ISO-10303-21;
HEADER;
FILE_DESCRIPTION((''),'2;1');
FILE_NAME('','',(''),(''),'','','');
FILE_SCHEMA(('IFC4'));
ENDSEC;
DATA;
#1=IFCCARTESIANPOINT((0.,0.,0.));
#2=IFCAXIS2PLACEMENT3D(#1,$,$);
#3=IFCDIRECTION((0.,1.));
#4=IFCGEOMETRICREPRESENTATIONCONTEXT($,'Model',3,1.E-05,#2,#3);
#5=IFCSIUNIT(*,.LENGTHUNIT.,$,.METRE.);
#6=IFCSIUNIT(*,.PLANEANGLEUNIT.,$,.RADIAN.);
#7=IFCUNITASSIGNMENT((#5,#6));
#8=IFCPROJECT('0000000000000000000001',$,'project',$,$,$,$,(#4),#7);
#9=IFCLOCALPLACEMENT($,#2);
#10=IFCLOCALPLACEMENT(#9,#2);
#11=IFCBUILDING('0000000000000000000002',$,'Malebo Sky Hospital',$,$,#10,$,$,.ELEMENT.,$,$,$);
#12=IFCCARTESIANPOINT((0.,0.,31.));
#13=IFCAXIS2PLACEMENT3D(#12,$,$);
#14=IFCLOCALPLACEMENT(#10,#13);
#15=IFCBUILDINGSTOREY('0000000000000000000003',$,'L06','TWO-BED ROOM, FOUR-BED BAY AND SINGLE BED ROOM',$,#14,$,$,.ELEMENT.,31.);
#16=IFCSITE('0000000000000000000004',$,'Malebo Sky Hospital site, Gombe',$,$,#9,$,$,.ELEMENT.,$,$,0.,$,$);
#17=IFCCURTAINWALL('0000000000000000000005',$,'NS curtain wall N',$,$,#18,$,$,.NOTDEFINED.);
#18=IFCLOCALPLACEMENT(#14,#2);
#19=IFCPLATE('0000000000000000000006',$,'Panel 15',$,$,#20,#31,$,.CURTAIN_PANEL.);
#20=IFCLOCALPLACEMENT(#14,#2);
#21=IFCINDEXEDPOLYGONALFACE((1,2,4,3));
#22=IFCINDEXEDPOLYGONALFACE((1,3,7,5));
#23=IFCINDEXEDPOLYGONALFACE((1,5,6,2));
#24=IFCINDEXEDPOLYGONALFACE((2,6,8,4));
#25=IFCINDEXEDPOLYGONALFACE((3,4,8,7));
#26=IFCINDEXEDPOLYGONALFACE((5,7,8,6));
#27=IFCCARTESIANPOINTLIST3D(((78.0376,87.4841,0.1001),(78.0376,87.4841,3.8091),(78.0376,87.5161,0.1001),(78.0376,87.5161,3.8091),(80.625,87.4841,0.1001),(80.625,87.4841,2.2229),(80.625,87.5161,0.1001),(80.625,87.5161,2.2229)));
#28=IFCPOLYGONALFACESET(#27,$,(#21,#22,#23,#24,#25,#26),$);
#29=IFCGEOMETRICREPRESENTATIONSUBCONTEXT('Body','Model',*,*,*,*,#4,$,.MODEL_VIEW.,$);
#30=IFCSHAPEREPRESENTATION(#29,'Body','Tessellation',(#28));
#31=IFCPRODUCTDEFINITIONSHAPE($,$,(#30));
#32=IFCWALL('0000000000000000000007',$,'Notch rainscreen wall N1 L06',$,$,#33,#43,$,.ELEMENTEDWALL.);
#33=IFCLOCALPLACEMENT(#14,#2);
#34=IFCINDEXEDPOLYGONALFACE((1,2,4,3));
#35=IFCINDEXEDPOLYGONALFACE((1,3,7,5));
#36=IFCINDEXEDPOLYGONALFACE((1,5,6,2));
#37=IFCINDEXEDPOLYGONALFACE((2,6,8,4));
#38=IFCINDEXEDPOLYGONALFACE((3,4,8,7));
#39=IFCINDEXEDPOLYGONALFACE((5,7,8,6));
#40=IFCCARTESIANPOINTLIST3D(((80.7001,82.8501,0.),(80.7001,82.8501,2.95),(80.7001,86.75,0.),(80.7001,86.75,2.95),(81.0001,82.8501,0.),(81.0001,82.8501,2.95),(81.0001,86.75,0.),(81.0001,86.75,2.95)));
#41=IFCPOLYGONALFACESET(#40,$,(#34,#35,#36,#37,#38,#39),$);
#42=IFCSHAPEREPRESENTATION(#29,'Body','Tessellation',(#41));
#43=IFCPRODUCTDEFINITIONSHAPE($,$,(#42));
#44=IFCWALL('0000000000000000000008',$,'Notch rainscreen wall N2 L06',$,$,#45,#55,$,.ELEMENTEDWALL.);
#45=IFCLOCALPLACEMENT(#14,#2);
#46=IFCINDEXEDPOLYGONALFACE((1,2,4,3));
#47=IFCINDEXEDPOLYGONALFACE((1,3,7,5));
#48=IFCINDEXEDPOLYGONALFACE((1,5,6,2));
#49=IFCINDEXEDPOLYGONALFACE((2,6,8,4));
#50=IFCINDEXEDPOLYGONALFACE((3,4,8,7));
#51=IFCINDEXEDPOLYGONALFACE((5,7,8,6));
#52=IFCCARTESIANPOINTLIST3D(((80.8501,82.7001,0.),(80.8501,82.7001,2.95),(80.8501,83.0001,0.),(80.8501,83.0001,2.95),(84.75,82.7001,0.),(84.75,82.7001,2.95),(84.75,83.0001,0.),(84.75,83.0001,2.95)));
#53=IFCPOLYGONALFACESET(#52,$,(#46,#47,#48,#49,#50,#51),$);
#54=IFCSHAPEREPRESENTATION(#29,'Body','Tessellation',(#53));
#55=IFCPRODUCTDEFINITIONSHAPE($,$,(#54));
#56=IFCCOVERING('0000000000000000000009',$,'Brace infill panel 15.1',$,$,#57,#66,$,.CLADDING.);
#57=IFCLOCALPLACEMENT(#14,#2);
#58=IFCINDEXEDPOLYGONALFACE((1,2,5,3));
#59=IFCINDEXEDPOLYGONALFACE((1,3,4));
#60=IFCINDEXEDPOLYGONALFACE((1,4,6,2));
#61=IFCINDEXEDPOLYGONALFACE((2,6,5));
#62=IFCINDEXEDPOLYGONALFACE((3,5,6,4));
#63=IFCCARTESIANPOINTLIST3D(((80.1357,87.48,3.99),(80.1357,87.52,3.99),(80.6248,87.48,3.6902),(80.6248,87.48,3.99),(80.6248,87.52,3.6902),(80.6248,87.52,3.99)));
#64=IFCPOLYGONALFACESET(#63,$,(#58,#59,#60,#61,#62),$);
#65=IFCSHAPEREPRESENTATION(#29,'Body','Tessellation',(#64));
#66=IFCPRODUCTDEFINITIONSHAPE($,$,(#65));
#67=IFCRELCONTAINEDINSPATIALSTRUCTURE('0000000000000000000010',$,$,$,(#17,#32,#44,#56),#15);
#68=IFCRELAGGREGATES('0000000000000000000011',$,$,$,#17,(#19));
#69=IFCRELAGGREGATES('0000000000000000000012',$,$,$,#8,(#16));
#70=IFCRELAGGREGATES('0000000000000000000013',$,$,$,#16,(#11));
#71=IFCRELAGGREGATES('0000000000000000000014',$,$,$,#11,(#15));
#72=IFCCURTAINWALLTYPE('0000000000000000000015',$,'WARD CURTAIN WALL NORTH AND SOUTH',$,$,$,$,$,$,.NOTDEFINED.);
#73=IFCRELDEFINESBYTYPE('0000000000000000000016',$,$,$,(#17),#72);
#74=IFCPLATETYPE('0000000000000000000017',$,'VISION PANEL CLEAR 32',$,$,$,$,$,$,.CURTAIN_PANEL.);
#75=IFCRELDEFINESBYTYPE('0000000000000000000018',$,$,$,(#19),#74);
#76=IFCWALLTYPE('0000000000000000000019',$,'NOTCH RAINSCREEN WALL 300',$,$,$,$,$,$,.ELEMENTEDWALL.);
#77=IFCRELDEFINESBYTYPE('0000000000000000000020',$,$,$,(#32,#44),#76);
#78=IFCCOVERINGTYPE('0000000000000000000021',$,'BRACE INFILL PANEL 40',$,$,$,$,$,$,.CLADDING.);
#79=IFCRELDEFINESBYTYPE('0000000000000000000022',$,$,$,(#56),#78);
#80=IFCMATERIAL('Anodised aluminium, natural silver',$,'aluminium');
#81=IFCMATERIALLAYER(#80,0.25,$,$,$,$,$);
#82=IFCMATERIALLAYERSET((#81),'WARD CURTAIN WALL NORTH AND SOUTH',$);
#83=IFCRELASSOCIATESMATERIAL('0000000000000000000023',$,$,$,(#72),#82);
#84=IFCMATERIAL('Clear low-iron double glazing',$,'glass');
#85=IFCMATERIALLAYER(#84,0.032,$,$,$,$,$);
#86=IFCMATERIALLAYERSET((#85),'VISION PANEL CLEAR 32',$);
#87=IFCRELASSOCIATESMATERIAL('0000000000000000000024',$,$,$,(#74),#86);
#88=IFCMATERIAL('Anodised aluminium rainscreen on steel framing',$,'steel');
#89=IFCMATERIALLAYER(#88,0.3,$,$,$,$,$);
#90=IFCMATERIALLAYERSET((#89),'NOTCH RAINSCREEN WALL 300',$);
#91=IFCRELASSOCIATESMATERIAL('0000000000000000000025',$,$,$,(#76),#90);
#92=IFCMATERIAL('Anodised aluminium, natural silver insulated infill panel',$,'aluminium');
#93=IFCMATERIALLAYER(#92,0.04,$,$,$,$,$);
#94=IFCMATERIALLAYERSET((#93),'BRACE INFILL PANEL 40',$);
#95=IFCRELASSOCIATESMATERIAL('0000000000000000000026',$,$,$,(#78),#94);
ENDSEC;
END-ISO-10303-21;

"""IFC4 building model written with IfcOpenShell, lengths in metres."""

from ifc_helpers import new_model, si_unit, direction, frame, frame_2d, origin, place, context, subcontext, project, spatial, polyline, rectangle, outline, extrude, material, layer, layer_set, type_object, element, aggregate, save


model = new_model("IFC4")

# Units and contexts
model_context = context("Model", 3, precision=1e-05, world=origin(), true_north=direction((0.0, 1.0)))
body_context = subcontext(model_context, "Body", "Model", "MODEL_VIEW")
ifc_project = project(units=[si_unit("LENGTHUNIT", "METRE"), si_unit("PLANEANGLEUNIT", "RADIAN")], contexts=[model_context])

# Site, building, storey
site_placement = place(None, origin())
site = spatial("IfcSite", under=ifc_project, at=site_placement, Name="Malebo Sky Hospital site, Gombe", CompositionType="ELEMENT", RefElevation=0.0)
building_placement = place(site_placement, origin())
building = spatial("IfcBuilding", under=site, at=building_placement, Name="Malebo Sky Hospital", CompositionType="ELEMENT")
storey_placement = place(building_placement, frame((0.0, 0.0, 31.0)))
storey = spatial("IfcBuildingStorey", under=building, at=storey_placement, Name="L06", Description="TWO-BED ROOM, FOUR-BED BAY AND SINGLE BED ROOM", CompositionType="ELEMENT", Elevation=31.0)

# Curtain wall
ifc_material_1 = material(Name="Anodised aluminium, natural silver", Category="aluminium")
ifc_layer_1 = layer(ifc_material_1, 0.25)
ifc_layer_set_1 = layer_set([ifc_layer_1], Name="WARD CURTAIN WALL NORTH AND SOUTH")
curtain_wall_type_1 = type_object("IfcCurtainWallType", Name="WARD CURTAIN WALL NORTH AND SOUTH", PredefinedType="NOTDEFINED", material=ifc_layer_set_1)
curtain_wall_1_placement = place(storey_placement, origin())
curtain_wall_1 = element("IfcCurtainWall", 1, at=curtain_wall_1_placement, inside=storey, type_object=curtain_wall_type_1, Name="NS curtain wall N", PredefinedType="NOTDEFINED")

# Plate
ifc_material_2 = material(Name="Clear low-iron double glazing", Category="glass")
ifc_layer_2 = layer(ifc_material_2, 0.032)
ifc_layer_set_2 = layer_set([ifc_layer_2], Name="VISION PANEL CLEAR 32")
plate_type = type_object("IfcPlateType", Name="VISION PANEL CLEAR 32", PredefinedType="CURTAIN_PANEL", material=ifc_layer_set_2)
plate_placement = place(storey_placement, frame((79.3313, 87.5, 0.1001), z_axis=(0.0, 0.0, 1.0), x_axis=(1.0, 0.0, 0.0)))
plate = element("IfcPlate", 2, at=plate_placement, type_object=plate_type, Name="Panel 15", PredefinedType="CURTAIN_PANEL", context=body_context, shape_type="SweptSolid", body=[
    extrude(outline(polyline([(-1.2937, 0.0), (1.2937, 0.0), (1.2937, 2.1228), (-1.2937, 3.709), (-1.2937, 0.0)])), frame((0.0, 0.0161, 0.0), z_axis=(0.0, -1.0, 0.0), x_axis=(1.0, 0.0, 0.0)), (0.0, 0.0, 1.0), 0.032),
])
aggregate(curtain_wall_1, [plate])

# Walls
ifc_material_3 = material(Name="Anodised aluminium rainscreen on steel framing", Category="steel")
ifc_layer_3 = layer(ifc_material_3, 0.3)
ifc_layer_set_3 = layer_set([ifc_layer_3], Name="NOTCH RAINSCREEN WALL 300")
wall_type = type_object("IfcWallType", Name="NOTCH RAINSCREEN WALL 300", PredefinedType="ELEMENTEDWALL", material=ifc_layer_set_3)
for number, where, z_axis, x_axis, name in (
    (3, (80.8501, 86.75, 0.0), (0.0, 0.0, 1.0), (0.0, -1.0, 0.0), "Notch rainscreen wall N1 L06"),
    (4, (80.8501, 82.8501, 0.0), (0.0, 0.0, 1.0), (1.0, 0.0, 0.0), "Notch rainscreen wall N2 L06"),
):
    element("IfcWall", number, at=place(storey_placement, frame(where, z_axis=z_axis, x_axis=x_axis)), inside=storey, type_object=wall_type, Name=name, PredefinedType="ELEMENTEDWALL", context=body_context, shape_type="SweptSolid", body=[
        extrude(rectangle(XDim=3.8999, YDim=0.3, at=frame_2d((1.95, 0.0))), origin(), (0.0, 0.0, 1.0), 2.95),
    ])

# Covering
ifc_material_4 = material(Name="Anodised aluminium, natural silver insulated infill panel", Category="aluminium")
ifc_layer_4 = layer(ifc_material_4, 0.04)
ifc_layer_set_4 = layer_set([ifc_layer_4], Name="BRACE INFILL PANEL 40")
covering_type = type_object("IfcCoveringType", Name="BRACE INFILL PANEL 40", PredefinedType="CLADDING", material=ifc_layer_set_4)
covering_placement = place(storey_placement, frame((80.3804, 87.5, 3.6902), z_axis=(0.0, 0.0, 1.0), x_axis=(1.0, 0.0, 0.0)))
element("IfcCovering", 5, at=covering_placement, inside=storey, type_object=covering_type, Name="Brace infill panel 15.1", PredefinedType="CLADDING", context=body_context, shape_type="SweptSolid", body=[
    extrude(outline(polyline([(0.2444, 0.0), (0.2444, 0.2998), (-0.2446, 0.2998), (0.2444, 0.0)])), frame((0.0, 0.02, 0.0), z_axis=(0.0, -1.0, 0.0), x_axis=(1.0, 0.0, 0.0)), (0.0, 0.0, 1.0), 0.04),
])

save(model, "model.ifc")
